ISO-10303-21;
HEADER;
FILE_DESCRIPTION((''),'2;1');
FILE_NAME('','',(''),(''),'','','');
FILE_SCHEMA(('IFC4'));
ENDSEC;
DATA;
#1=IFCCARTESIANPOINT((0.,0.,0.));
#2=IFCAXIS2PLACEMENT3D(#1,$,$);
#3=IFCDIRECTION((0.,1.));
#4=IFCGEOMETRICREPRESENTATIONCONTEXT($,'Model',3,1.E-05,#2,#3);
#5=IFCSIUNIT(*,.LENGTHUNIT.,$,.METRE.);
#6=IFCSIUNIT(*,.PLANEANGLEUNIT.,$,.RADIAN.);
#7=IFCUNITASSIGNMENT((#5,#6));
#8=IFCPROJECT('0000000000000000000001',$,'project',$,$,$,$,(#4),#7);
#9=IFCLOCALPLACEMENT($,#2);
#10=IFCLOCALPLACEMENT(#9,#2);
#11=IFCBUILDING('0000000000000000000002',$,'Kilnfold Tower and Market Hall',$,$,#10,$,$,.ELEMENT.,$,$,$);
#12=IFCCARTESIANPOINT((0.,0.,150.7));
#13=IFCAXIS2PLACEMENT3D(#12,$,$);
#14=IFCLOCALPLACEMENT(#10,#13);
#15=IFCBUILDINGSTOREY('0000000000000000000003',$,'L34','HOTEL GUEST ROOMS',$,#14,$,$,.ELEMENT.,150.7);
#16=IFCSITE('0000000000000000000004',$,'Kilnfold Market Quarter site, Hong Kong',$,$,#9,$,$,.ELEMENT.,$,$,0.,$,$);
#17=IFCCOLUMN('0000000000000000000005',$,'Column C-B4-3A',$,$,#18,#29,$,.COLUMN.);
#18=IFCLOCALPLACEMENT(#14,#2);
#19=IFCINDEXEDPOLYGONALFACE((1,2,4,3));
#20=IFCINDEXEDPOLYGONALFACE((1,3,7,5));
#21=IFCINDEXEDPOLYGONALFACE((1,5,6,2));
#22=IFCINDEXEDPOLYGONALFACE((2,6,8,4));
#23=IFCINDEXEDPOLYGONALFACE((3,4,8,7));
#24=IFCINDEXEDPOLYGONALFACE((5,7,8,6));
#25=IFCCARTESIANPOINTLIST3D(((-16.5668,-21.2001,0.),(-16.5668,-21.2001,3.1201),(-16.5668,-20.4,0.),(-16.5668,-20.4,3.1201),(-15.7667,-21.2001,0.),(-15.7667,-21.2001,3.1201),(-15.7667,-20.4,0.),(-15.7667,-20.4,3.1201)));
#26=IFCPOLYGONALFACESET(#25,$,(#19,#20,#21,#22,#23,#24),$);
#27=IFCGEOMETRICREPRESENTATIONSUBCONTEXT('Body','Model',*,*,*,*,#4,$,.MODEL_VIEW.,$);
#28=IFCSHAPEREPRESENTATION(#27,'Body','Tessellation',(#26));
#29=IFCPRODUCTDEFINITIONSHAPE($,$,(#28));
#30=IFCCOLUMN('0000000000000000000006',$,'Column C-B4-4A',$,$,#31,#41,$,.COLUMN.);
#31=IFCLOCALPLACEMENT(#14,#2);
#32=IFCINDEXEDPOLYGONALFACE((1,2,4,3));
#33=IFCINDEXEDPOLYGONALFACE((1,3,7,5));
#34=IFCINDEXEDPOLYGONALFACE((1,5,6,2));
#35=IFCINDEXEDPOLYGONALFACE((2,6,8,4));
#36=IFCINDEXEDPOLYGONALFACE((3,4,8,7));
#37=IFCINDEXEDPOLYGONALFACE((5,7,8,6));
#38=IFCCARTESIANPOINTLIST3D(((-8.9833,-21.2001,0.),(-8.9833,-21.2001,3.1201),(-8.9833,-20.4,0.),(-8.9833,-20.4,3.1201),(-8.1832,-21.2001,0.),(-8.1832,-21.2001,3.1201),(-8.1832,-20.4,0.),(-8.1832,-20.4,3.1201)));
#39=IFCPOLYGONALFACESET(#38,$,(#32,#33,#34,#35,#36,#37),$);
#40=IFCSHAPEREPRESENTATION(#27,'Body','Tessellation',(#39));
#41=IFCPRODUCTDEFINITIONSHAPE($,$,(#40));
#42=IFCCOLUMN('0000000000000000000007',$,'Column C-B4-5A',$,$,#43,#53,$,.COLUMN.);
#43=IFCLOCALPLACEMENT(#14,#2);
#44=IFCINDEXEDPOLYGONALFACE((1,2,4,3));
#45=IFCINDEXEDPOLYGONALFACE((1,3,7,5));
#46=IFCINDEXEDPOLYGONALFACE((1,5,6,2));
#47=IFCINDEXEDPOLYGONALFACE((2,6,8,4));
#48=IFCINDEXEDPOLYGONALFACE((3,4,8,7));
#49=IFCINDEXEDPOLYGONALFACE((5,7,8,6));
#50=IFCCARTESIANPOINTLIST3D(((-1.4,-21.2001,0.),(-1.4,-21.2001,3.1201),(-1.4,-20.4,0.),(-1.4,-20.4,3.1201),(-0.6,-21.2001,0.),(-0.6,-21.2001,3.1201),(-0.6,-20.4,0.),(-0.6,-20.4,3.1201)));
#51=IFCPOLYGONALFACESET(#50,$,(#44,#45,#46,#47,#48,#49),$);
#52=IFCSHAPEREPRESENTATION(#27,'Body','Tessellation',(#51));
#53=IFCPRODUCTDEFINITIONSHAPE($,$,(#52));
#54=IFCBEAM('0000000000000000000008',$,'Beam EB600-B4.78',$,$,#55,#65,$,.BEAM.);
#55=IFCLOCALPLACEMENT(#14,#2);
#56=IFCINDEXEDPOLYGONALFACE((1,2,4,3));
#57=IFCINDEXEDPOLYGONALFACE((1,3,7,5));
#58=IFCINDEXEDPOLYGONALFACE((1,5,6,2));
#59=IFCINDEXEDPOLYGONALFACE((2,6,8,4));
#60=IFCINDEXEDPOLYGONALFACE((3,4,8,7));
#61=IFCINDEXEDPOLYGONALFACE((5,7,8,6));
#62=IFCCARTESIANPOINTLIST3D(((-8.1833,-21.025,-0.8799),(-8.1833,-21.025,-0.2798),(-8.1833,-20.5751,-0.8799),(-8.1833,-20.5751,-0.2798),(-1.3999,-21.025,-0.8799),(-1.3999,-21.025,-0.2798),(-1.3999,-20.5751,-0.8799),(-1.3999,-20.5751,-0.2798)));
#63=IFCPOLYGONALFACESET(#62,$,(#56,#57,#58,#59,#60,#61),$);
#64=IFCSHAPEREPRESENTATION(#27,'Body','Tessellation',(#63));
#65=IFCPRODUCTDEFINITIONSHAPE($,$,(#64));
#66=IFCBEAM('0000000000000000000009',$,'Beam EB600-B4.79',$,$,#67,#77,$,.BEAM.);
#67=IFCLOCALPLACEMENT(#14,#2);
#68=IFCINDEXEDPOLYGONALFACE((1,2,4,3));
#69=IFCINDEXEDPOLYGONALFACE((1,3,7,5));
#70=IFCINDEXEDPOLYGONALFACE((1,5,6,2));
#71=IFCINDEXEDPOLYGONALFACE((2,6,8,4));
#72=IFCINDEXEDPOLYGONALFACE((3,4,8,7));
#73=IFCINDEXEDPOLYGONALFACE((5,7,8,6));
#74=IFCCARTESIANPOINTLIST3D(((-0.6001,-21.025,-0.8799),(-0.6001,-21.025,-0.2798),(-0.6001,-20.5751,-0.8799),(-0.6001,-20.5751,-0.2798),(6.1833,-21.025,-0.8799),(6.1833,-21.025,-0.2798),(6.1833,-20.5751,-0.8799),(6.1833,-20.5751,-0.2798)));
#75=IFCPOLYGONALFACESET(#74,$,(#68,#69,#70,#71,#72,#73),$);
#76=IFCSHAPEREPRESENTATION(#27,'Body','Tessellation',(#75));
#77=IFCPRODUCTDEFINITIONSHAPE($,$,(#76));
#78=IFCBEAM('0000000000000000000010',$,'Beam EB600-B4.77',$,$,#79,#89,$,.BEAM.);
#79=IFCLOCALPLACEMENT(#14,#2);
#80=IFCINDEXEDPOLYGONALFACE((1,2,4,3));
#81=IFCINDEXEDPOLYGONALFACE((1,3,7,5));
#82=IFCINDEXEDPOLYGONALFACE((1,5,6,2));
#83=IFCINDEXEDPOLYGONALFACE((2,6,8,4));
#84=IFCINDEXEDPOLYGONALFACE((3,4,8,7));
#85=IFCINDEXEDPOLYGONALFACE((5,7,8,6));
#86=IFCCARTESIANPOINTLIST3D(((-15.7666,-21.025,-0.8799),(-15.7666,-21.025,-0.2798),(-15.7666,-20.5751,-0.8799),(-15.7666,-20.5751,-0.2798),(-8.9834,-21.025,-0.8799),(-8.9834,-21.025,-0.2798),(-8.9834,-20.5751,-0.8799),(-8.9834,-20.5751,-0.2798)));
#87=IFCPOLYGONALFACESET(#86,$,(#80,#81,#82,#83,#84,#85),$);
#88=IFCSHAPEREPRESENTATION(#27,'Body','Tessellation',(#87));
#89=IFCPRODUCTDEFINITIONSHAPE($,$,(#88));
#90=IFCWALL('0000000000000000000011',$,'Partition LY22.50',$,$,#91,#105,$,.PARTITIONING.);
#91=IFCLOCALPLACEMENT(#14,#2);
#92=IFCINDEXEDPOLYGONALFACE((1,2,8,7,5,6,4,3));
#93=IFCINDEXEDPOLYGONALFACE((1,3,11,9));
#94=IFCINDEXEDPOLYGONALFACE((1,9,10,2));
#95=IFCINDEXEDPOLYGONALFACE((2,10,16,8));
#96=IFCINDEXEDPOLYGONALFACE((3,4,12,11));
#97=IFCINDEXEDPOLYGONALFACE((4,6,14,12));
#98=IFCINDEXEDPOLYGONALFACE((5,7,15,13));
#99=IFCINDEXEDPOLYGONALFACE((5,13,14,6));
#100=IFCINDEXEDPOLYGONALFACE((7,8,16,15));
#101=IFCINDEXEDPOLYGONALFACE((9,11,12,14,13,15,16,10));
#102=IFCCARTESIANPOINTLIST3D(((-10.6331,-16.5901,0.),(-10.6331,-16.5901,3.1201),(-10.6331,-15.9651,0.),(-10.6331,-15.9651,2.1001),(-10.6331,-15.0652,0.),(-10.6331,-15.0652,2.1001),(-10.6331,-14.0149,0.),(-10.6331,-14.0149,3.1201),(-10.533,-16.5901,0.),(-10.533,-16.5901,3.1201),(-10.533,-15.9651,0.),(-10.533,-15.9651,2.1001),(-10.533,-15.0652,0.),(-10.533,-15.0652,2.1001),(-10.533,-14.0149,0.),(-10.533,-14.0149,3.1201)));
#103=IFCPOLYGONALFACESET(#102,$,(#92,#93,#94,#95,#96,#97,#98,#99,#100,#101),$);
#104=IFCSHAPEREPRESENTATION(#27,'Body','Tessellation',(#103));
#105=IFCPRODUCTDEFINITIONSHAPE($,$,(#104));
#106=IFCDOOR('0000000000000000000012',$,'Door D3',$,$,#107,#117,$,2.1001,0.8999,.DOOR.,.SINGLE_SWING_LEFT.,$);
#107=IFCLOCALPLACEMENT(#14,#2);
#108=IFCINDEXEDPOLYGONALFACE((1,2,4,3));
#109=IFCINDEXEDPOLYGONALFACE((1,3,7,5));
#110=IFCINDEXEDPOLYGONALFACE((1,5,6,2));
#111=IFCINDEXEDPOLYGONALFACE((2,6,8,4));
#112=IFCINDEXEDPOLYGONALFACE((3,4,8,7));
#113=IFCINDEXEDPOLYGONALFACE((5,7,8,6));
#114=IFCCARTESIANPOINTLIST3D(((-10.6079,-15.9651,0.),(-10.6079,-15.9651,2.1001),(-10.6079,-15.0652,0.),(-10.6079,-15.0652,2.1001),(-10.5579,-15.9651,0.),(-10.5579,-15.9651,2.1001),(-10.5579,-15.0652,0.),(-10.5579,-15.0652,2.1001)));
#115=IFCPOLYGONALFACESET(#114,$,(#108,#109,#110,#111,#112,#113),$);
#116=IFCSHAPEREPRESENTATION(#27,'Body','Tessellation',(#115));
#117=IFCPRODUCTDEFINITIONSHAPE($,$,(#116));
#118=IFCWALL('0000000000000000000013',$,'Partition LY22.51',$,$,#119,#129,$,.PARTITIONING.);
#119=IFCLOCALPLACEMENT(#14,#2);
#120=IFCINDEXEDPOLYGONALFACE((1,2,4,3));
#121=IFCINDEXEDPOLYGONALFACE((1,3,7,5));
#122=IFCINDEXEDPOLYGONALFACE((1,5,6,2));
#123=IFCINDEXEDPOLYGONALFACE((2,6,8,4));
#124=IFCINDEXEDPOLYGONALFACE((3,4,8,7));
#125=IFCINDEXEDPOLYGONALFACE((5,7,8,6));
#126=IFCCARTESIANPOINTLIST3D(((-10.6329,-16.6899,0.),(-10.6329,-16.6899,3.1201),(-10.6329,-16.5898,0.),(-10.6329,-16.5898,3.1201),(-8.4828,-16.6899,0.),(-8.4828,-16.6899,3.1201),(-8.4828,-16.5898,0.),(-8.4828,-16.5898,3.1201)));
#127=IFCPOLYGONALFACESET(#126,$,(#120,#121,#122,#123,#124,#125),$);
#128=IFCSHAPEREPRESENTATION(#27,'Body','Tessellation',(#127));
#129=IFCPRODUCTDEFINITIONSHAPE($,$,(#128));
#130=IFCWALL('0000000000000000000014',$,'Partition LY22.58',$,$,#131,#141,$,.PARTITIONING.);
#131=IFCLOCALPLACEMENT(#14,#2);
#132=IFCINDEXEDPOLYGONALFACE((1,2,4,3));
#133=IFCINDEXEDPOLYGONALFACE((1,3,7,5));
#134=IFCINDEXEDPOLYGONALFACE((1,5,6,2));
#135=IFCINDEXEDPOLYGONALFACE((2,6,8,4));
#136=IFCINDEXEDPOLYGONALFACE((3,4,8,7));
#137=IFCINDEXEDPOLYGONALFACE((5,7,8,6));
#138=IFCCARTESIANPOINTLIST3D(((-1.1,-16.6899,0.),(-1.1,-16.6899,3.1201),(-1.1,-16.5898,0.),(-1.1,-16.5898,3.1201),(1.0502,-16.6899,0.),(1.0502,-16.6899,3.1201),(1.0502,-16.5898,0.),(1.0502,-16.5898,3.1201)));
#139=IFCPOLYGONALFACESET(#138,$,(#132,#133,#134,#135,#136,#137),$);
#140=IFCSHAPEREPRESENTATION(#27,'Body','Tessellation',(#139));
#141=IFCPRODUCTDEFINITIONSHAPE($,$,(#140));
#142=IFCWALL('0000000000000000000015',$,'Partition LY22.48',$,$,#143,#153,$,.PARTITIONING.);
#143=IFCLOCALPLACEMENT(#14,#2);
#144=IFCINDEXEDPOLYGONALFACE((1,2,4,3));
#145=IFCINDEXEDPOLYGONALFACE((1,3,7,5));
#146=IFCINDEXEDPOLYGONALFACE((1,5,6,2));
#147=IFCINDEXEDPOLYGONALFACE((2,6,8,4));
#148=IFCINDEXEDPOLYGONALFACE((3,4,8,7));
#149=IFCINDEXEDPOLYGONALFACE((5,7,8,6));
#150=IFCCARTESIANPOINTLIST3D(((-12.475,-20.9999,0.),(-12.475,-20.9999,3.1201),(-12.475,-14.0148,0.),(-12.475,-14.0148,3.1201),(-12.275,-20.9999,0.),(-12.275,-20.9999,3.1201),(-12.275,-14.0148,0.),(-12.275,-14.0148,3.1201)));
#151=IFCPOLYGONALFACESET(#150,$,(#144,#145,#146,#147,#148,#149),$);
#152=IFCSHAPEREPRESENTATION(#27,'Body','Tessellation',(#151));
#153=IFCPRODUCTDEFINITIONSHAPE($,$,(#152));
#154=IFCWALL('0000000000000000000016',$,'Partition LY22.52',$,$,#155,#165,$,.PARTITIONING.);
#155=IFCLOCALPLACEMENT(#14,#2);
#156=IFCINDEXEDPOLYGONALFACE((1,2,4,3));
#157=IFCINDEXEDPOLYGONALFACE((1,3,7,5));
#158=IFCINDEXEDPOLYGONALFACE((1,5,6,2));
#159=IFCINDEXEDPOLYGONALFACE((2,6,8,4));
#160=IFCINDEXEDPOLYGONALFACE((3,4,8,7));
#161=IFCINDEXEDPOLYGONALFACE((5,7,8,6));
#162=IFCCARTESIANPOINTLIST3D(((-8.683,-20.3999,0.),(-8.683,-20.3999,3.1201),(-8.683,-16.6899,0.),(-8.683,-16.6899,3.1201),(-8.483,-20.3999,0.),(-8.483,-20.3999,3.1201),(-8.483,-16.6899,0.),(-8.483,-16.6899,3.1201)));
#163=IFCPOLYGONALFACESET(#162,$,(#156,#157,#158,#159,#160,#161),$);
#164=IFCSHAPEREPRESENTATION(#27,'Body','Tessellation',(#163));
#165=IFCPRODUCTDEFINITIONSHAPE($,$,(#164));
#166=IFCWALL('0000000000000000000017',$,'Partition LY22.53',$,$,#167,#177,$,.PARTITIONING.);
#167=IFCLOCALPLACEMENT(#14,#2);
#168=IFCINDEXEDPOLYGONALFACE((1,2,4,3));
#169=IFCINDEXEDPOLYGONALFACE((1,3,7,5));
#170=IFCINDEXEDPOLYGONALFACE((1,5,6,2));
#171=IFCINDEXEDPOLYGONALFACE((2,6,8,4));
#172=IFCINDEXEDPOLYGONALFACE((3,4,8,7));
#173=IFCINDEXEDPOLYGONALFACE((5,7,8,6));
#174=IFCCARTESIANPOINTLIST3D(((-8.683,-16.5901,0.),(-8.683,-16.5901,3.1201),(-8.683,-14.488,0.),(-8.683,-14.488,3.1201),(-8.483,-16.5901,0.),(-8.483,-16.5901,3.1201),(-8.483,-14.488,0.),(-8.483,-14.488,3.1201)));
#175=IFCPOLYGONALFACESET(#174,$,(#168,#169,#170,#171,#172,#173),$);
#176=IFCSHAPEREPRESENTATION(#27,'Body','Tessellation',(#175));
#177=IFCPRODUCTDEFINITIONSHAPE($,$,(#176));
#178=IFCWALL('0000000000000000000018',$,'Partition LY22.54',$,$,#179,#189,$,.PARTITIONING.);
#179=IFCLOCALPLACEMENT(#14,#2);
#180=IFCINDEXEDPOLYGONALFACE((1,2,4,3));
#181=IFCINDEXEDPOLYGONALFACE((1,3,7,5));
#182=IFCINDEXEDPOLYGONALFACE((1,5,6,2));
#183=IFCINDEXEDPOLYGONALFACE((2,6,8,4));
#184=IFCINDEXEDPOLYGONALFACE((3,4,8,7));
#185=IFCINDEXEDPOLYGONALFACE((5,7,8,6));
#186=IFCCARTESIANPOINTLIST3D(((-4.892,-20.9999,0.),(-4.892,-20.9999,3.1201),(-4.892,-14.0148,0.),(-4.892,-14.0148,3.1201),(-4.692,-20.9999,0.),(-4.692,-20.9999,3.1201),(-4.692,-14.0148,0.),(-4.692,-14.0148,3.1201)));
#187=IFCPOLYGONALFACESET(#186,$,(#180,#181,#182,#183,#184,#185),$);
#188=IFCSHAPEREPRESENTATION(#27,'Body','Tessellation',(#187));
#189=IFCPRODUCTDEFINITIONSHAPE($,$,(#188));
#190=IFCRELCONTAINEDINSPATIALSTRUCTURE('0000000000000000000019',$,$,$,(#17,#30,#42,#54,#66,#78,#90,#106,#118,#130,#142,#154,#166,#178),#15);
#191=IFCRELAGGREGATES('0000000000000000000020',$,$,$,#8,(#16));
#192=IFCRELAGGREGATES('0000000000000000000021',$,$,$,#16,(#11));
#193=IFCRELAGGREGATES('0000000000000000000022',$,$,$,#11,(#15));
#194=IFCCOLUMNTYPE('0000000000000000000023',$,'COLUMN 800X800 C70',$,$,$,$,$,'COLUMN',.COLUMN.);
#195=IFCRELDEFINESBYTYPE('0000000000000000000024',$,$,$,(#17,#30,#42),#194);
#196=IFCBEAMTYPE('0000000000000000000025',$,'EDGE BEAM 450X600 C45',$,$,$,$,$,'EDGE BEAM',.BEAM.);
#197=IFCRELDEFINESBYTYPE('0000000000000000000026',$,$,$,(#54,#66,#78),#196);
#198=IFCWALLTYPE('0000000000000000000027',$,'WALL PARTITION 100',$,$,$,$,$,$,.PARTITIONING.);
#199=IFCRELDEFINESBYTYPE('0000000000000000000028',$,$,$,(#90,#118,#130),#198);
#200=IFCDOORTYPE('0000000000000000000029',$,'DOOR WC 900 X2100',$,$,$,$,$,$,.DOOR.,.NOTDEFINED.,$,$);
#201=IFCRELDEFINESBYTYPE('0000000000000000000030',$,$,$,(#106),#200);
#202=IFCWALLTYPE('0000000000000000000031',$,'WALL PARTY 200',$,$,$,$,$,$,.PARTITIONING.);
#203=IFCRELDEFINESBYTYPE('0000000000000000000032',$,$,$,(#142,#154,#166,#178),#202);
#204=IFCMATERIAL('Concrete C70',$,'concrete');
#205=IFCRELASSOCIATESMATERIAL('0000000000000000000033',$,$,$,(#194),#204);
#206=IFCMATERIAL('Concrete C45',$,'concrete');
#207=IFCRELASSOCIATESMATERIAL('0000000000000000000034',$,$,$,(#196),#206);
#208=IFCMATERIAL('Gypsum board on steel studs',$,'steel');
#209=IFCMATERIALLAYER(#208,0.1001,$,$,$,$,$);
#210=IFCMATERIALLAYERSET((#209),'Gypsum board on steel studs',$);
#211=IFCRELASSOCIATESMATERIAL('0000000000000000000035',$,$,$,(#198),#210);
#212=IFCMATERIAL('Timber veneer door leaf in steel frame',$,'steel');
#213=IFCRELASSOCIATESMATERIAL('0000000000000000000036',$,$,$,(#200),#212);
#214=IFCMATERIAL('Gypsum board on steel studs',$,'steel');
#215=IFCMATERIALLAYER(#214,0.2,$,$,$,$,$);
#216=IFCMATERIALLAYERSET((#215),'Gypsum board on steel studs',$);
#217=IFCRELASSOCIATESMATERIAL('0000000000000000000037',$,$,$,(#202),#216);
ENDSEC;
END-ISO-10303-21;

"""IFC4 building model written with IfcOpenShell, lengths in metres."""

from ifc_helpers import new_model, si_unit, direction, frame, frame_2d, origin, origin_2d, place, context, subcontext, project, spatial, rectangle, extrude, source, transform, mapped, material, layer, layer_set, material_profile, profile_set, type_object, element, fill, save


model = new_model("IFC4")

# Units and contexts
model_context = context("Model", 3, precision=1e-05, world=origin(), true_north=direction((0.0, 1.0)))
body_context = subcontext(model_context, "Body", "Model", "MODEL_VIEW")
ifc_project = project(units=[si_unit("LENGTHUNIT", "METRE"), si_unit("PLANEANGLEUNIT", "RADIAN")], contexts=[model_context])

# Site, building, storey
site_placement = place(None, origin())
site = spatial("IfcSite", under=ifc_project, at=site_placement, Name="Kilnfold Market Quarter site, Hong Kong", CompositionType="ELEMENT", RefElevation=0.0)
building_placement = place(site_placement, origin())
building = spatial("IfcBuilding", under=site, at=building_placement, Name="Kilnfold Tower and Market Hall", CompositionType="ELEMENT")
storey_placement = place(building_placement, frame((0.0, 0.0, 150.7)))
storey = spatial("IfcBuildingStorey", under=building, at=storey_placement, Name="L34", Description="HOTEL GUEST ROOMS", CompositionType="ELEMENT", Elevation=150.7)

# Columns
ifc_material_1 = material(Name="Concrete C70", Category="concrete")
ifc_material_profile_1 = material_profile(ifc_material_1, rectangle(XDim=0.8, YDim=0.8, at=origin_2d()), Name="RC 800x800")
ifc_profile_set_1 = profile_set([ifc_material_profile_1], Name="Concrete C70")
column_type = type_object("IfcColumnType", Name="COLUMN 800X800 C70", ElementType="COLUMN", PredefinedType="COLUMN", material=ifc_profile_set_1)
shared_shape_1 = source(origin(), body_context, "Body", "SweptSolid", [
    extrude(rectangle(XDim=0.8, YDim=0.8, at=origin_2d()), origin(), (0.0, 0.0, 1.0), 3.1201),
])
for number, where, z_axis, x_axis, name in (
    (1, (-16.1667, -20.8, 0.0), (0.0, 0.0, 1.0), (1.0, 0.0, 0.0), "Column C-B4-3A"),
    (2, (-8.5833, -20.8, 0.0), (0.0, 0.0, 1.0), (1.0, 0.0, 0.0), "Column C-B4-4A"),
    (3, (-1.0, -20.8, 0.0), (0.0, 0.0, 1.0), (1.0, 0.0, 0.0), "Column C-B4-5A"),
):
    element("IfcColumn", number, at=place(storey_placement, frame(where, z_axis=z_axis, x_axis=x_axis)), inside=storey, type_object=column_type, Name=name, PredefinedType="COLUMN", context=body_context, shape_type="MappedRepresentation", body=[
        mapped(shared_shape_1, transform((0.0, 0.0, 0.0))),
    ])

# Beams
ifc_material_2 = material(Name="Concrete C45", Category="concrete")
ifc_material_profile_2 = material_profile(ifc_material_2, rectangle(XDim=0.45, YDim=0.6001, at=origin_2d()), Name="RC 450x600")
ifc_profile_set_2 = profile_set([ifc_material_profile_2], Name="Concrete C45")
beam_type = type_object("IfcBeamType", Name="EDGE BEAM 450X600 C45", ElementType="EDGE BEAM", PredefinedType="BEAM", material=ifc_profile_set_2)
shared_shape_2 = source(origin(), body_context, "Body", "SweptSolid", [
    extrude(rectangle(XDim=0.45, YDim=0.6001, at=origin_2d()), origin(), (0.0, 0.0, 1.0), 6.7834),
])
for number, where, z_axis, x_axis, name in (
    (4, (-8.1833, -20.8, -0.5798), (1.0, 0.0, 0.0), (0.0, 1.0, 0.0), "Beam EB600-B4.78"),
    (5, (-0.6001, -20.8, -0.5798), (1.0, 0.0, 0.0), (0.0, 1.0, 0.0), "Beam EB600-B4.79"),
):
    element("IfcBeam", number, at=place(storey_placement, frame(where, z_axis=z_axis, x_axis=x_axis)), inside=storey, type_object=beam_type, Name=name, PredefinedType="BEAM", context=body_context, shape_type="MappedRepresentation", body=[
        mapped(shared_shape_2, transform((0.0, 0.0, 0.0))),
    ])
shared_shape_3 = source(origin(), body_context, "Body", "SweptSolid", [
    extrude(rectangle(XDim=0.45, YDim=0.6001, at=origin_2d()), origin(), (0.0, 0.0, 1.0), 6.7832),
])
beam_placement = place(storey_placement, frame((-15.7666, -20.8, -0.5798), z_axis=(1.0, 0.0, 0.0), x_axis=(0.0, 1.0, 0.0)))
element("IfcBeam", 6, at=beam_placement, inside=storey, type_object=beam_type, Name="Beam EB600-B4.77", PredefinedType="BEAM", context=body_context, shape_type="MappedRepresentation", body=[
    mapped(shared_shape_3, transform((0.0, 0.0, 0.0))),
])

# Wall, opening, door
ifc_material_3 = material(Name="Gypsum board on steel studs", Category="steel")
ifc_layer_1 = layer(ifc_material_3, 0.1001)
ifc_layer_set_1 = layer_set([ifc_layer_1], Name="Gypsum board on steel studs")
wall_type_1 = type_object("IfcWallType", Name="WALL PARTITION 100", PredefinedType="PARTITIONING", material=ifc_layer_set_1)
wall_1_placement = place(storey_placement, frame((-10.583, -16.5901, 0.0), z_axis=(0.0, 0.0, 1.0), x_axis=(0.0, 1.0, 0.0)))
wall_1 = element("IfcWall", 7, at=wall_1_placement, inside=storey, type_object=wall_type_1, Name="Partition LY22.50", PredefinedType="PARTITIONING", context=body_context, shape_type="SweptSolid", body=[
    extrude(rectangle(XDim=2.5752, YDim=0.1001, at=frame_2d((1.2876, 0.0))), origin(), (0.0, 0.0, 1.0), 3.1201),
])
opening_1_placement = place(wall_1_placement, frame((0.625, 0.0, 0.0)))
opening_1 = element("IfcOpeningElement", 8, at=opening_1_placement, cuts=wall_1, PredefinedType="OPENING", context=body_context, shape_type="SweptSolid", body=[
    extrude(rectangle(XDim=0.8999, YDim=2.1001, at=frame_2d((0.45, 1.05))), frame((0.0, 0.0601, 0.0), z_axis=(0.0, -1.0, 0.0), x_axis=(1.0, 0.0, 0.0)), (0.0, 0.0, 1.0), 0.1201),
])
ifc_material_4 = material(Name="Timber veneer door leaf in steel frame", Category="steel")
door_type = type_object("IfcDoorType", Name="DOOR WC 900 X2100", OperationType="NOTDEFINED", PredefinedType="DOOR", material=ifc_material_4)
door_placement = place(opening_1_placement, origin())
door = element("IfcDoor", 9, at=door_placement, inside=storey, type_object=door_type, Name="Door D3", OperationType="SINGLE_SWING_LEFT", OverallHeight=2.1001, OverallWidth=0.8999, PredefinedType="DOOR", context=body_context, shape_type="SweptSolid", body=[
    extrude(rectangle(XDim=0.8999, YDim=2.1001, at=frame_2d((0.45, 1.05))), frame((0.0, 0.0249, 0.0), z_axis=(0.0, -1.0, 0.0), x_axis=(1.0, 0.0, 0.0)), (0.0, 0.0, 1.0), 0.05),
])
fill(opening_1, door)

# Walls
for number, where, z_axis, x_axis, name in (
    (10, (-10.6331, -16.6399, 0.0), (0.0, 0.0, 1.0), (1.0, 0.0, 0.0), "Partition LY22.51"),
    (11, (-1.1001, -16.6399, 0.0), (0.0, 0.0, 1.0), (1.0, 0.0, 0.0), "Partition LY22.58"),
):
    element("IfcWall", number, at=place(storey_placement, frame(where, z_axis=z_axis, x_axis=x_axis)), inside=storey, type_object=wall_type_1, Name=name, PredefinedType="PARTITIONING", context=body_context, shape_type="SweptSolid", body=[
        extrude(rectangle(XDim=2.1501, YDim=0.1001, at=frame_2d((1.0752, 0.0))), origin(), (0.0, 0.0, 1.0), 3.1201),
    ])
ifc_material_5 = material(Name="Gypsum board on steel studs", Category="steel")
ifc_layer_2 = layer(ifc_material_5, 0.2)
ifc_layer_set_2 = layer_set([ifc_layer_2], Name="Gypsum board on steel studs")
wall_type_2 = type_object("IfcWallType", Name="WALL PARTY 200", PredefinedType="PARTITIONING", material=ifc_layer_set_2)
wall_2_placement = place(storey_placement, frame((-12.375, -21.0, 0.0), z_axis=(0.0, 0.0, 1.0), x_axis=(0.0, 1.0, 0.0)))
element("IfcWall", 12, at=wall_2_placement, inside=storey, type_object=wall_type_2, Name="Partition LY22.48", PredefinedType="PARTITIONING", context=body_context, shape_type="SweptSolid", body=[
    extrude(rectangle(XDim=6.9851, YDim=0.2, at=frame_2d((3.4927, 0.0))), origin(), (0.0, 0.0, 1.0), 3.1201),
])
wall_3_placement = place(storey_placement, frame((-8.583, -20.3999, 0.0), z_axis=(0.0, 0.0, 1.0), x_axis=(0.0, 1.0, 0.0)))
element("IfcWall", 13, at=wall_3_placement, inside=storey, type_object=wall_type_2, Name="Partition LY22.52", PredefinedType="PARTITIONING", context=body_context, shape_type="SweptSolid", body=[
    extrude(rectangle(XDim=3.71, YDim=0.2, at=frame_2d((1.855, 0.0))), origin(), (0.0, 0.0, 1.0), 3.1201),
])
wall_4_placement = place(storey_placement, frame((-8.583, -16.5901, 0.0), z_axis=(0.0, 0.0, 1.0), x_axis=(0.0, 1.0, 0.0)))
element("IfcWall", 14, at=wall_4_placement, inside=storey, type_object=wall_type_2, Name="Partition LY22.53", PredefinedType="PARTITIONING", context=body_context, shape_type="SweptSolid", body=[
    extrude(rectangle(XDim=2.1021, YDim=0.2, at=frame_2d((1.051, 0.0))), origin(), (0.0, 0.0, 1.0), 3.1201),
])
wall_5_placement = place(storey_placement, frame((-4.792, -21.0, 0.0), z_axis=(0.0, 0.0, 1.0), x_axis=(0.0, 1.0, 0.0)))
element("IfcWall", 15, at=wall_5_placement, inside=storey, type_object=wall_type_2, Name="Partition LY22.54", PredefinedType="PARTITIONING", context=body_context, shape_type="SweptSolid", body=[
    extrude(rectangle(XDim=6.9851, YDim=0.2, at=frame_2d((3.4927, 0.0))), origin(), (0.0, 0.0, 1.0), 3.1201),
])

save(model, "model.ifc")
